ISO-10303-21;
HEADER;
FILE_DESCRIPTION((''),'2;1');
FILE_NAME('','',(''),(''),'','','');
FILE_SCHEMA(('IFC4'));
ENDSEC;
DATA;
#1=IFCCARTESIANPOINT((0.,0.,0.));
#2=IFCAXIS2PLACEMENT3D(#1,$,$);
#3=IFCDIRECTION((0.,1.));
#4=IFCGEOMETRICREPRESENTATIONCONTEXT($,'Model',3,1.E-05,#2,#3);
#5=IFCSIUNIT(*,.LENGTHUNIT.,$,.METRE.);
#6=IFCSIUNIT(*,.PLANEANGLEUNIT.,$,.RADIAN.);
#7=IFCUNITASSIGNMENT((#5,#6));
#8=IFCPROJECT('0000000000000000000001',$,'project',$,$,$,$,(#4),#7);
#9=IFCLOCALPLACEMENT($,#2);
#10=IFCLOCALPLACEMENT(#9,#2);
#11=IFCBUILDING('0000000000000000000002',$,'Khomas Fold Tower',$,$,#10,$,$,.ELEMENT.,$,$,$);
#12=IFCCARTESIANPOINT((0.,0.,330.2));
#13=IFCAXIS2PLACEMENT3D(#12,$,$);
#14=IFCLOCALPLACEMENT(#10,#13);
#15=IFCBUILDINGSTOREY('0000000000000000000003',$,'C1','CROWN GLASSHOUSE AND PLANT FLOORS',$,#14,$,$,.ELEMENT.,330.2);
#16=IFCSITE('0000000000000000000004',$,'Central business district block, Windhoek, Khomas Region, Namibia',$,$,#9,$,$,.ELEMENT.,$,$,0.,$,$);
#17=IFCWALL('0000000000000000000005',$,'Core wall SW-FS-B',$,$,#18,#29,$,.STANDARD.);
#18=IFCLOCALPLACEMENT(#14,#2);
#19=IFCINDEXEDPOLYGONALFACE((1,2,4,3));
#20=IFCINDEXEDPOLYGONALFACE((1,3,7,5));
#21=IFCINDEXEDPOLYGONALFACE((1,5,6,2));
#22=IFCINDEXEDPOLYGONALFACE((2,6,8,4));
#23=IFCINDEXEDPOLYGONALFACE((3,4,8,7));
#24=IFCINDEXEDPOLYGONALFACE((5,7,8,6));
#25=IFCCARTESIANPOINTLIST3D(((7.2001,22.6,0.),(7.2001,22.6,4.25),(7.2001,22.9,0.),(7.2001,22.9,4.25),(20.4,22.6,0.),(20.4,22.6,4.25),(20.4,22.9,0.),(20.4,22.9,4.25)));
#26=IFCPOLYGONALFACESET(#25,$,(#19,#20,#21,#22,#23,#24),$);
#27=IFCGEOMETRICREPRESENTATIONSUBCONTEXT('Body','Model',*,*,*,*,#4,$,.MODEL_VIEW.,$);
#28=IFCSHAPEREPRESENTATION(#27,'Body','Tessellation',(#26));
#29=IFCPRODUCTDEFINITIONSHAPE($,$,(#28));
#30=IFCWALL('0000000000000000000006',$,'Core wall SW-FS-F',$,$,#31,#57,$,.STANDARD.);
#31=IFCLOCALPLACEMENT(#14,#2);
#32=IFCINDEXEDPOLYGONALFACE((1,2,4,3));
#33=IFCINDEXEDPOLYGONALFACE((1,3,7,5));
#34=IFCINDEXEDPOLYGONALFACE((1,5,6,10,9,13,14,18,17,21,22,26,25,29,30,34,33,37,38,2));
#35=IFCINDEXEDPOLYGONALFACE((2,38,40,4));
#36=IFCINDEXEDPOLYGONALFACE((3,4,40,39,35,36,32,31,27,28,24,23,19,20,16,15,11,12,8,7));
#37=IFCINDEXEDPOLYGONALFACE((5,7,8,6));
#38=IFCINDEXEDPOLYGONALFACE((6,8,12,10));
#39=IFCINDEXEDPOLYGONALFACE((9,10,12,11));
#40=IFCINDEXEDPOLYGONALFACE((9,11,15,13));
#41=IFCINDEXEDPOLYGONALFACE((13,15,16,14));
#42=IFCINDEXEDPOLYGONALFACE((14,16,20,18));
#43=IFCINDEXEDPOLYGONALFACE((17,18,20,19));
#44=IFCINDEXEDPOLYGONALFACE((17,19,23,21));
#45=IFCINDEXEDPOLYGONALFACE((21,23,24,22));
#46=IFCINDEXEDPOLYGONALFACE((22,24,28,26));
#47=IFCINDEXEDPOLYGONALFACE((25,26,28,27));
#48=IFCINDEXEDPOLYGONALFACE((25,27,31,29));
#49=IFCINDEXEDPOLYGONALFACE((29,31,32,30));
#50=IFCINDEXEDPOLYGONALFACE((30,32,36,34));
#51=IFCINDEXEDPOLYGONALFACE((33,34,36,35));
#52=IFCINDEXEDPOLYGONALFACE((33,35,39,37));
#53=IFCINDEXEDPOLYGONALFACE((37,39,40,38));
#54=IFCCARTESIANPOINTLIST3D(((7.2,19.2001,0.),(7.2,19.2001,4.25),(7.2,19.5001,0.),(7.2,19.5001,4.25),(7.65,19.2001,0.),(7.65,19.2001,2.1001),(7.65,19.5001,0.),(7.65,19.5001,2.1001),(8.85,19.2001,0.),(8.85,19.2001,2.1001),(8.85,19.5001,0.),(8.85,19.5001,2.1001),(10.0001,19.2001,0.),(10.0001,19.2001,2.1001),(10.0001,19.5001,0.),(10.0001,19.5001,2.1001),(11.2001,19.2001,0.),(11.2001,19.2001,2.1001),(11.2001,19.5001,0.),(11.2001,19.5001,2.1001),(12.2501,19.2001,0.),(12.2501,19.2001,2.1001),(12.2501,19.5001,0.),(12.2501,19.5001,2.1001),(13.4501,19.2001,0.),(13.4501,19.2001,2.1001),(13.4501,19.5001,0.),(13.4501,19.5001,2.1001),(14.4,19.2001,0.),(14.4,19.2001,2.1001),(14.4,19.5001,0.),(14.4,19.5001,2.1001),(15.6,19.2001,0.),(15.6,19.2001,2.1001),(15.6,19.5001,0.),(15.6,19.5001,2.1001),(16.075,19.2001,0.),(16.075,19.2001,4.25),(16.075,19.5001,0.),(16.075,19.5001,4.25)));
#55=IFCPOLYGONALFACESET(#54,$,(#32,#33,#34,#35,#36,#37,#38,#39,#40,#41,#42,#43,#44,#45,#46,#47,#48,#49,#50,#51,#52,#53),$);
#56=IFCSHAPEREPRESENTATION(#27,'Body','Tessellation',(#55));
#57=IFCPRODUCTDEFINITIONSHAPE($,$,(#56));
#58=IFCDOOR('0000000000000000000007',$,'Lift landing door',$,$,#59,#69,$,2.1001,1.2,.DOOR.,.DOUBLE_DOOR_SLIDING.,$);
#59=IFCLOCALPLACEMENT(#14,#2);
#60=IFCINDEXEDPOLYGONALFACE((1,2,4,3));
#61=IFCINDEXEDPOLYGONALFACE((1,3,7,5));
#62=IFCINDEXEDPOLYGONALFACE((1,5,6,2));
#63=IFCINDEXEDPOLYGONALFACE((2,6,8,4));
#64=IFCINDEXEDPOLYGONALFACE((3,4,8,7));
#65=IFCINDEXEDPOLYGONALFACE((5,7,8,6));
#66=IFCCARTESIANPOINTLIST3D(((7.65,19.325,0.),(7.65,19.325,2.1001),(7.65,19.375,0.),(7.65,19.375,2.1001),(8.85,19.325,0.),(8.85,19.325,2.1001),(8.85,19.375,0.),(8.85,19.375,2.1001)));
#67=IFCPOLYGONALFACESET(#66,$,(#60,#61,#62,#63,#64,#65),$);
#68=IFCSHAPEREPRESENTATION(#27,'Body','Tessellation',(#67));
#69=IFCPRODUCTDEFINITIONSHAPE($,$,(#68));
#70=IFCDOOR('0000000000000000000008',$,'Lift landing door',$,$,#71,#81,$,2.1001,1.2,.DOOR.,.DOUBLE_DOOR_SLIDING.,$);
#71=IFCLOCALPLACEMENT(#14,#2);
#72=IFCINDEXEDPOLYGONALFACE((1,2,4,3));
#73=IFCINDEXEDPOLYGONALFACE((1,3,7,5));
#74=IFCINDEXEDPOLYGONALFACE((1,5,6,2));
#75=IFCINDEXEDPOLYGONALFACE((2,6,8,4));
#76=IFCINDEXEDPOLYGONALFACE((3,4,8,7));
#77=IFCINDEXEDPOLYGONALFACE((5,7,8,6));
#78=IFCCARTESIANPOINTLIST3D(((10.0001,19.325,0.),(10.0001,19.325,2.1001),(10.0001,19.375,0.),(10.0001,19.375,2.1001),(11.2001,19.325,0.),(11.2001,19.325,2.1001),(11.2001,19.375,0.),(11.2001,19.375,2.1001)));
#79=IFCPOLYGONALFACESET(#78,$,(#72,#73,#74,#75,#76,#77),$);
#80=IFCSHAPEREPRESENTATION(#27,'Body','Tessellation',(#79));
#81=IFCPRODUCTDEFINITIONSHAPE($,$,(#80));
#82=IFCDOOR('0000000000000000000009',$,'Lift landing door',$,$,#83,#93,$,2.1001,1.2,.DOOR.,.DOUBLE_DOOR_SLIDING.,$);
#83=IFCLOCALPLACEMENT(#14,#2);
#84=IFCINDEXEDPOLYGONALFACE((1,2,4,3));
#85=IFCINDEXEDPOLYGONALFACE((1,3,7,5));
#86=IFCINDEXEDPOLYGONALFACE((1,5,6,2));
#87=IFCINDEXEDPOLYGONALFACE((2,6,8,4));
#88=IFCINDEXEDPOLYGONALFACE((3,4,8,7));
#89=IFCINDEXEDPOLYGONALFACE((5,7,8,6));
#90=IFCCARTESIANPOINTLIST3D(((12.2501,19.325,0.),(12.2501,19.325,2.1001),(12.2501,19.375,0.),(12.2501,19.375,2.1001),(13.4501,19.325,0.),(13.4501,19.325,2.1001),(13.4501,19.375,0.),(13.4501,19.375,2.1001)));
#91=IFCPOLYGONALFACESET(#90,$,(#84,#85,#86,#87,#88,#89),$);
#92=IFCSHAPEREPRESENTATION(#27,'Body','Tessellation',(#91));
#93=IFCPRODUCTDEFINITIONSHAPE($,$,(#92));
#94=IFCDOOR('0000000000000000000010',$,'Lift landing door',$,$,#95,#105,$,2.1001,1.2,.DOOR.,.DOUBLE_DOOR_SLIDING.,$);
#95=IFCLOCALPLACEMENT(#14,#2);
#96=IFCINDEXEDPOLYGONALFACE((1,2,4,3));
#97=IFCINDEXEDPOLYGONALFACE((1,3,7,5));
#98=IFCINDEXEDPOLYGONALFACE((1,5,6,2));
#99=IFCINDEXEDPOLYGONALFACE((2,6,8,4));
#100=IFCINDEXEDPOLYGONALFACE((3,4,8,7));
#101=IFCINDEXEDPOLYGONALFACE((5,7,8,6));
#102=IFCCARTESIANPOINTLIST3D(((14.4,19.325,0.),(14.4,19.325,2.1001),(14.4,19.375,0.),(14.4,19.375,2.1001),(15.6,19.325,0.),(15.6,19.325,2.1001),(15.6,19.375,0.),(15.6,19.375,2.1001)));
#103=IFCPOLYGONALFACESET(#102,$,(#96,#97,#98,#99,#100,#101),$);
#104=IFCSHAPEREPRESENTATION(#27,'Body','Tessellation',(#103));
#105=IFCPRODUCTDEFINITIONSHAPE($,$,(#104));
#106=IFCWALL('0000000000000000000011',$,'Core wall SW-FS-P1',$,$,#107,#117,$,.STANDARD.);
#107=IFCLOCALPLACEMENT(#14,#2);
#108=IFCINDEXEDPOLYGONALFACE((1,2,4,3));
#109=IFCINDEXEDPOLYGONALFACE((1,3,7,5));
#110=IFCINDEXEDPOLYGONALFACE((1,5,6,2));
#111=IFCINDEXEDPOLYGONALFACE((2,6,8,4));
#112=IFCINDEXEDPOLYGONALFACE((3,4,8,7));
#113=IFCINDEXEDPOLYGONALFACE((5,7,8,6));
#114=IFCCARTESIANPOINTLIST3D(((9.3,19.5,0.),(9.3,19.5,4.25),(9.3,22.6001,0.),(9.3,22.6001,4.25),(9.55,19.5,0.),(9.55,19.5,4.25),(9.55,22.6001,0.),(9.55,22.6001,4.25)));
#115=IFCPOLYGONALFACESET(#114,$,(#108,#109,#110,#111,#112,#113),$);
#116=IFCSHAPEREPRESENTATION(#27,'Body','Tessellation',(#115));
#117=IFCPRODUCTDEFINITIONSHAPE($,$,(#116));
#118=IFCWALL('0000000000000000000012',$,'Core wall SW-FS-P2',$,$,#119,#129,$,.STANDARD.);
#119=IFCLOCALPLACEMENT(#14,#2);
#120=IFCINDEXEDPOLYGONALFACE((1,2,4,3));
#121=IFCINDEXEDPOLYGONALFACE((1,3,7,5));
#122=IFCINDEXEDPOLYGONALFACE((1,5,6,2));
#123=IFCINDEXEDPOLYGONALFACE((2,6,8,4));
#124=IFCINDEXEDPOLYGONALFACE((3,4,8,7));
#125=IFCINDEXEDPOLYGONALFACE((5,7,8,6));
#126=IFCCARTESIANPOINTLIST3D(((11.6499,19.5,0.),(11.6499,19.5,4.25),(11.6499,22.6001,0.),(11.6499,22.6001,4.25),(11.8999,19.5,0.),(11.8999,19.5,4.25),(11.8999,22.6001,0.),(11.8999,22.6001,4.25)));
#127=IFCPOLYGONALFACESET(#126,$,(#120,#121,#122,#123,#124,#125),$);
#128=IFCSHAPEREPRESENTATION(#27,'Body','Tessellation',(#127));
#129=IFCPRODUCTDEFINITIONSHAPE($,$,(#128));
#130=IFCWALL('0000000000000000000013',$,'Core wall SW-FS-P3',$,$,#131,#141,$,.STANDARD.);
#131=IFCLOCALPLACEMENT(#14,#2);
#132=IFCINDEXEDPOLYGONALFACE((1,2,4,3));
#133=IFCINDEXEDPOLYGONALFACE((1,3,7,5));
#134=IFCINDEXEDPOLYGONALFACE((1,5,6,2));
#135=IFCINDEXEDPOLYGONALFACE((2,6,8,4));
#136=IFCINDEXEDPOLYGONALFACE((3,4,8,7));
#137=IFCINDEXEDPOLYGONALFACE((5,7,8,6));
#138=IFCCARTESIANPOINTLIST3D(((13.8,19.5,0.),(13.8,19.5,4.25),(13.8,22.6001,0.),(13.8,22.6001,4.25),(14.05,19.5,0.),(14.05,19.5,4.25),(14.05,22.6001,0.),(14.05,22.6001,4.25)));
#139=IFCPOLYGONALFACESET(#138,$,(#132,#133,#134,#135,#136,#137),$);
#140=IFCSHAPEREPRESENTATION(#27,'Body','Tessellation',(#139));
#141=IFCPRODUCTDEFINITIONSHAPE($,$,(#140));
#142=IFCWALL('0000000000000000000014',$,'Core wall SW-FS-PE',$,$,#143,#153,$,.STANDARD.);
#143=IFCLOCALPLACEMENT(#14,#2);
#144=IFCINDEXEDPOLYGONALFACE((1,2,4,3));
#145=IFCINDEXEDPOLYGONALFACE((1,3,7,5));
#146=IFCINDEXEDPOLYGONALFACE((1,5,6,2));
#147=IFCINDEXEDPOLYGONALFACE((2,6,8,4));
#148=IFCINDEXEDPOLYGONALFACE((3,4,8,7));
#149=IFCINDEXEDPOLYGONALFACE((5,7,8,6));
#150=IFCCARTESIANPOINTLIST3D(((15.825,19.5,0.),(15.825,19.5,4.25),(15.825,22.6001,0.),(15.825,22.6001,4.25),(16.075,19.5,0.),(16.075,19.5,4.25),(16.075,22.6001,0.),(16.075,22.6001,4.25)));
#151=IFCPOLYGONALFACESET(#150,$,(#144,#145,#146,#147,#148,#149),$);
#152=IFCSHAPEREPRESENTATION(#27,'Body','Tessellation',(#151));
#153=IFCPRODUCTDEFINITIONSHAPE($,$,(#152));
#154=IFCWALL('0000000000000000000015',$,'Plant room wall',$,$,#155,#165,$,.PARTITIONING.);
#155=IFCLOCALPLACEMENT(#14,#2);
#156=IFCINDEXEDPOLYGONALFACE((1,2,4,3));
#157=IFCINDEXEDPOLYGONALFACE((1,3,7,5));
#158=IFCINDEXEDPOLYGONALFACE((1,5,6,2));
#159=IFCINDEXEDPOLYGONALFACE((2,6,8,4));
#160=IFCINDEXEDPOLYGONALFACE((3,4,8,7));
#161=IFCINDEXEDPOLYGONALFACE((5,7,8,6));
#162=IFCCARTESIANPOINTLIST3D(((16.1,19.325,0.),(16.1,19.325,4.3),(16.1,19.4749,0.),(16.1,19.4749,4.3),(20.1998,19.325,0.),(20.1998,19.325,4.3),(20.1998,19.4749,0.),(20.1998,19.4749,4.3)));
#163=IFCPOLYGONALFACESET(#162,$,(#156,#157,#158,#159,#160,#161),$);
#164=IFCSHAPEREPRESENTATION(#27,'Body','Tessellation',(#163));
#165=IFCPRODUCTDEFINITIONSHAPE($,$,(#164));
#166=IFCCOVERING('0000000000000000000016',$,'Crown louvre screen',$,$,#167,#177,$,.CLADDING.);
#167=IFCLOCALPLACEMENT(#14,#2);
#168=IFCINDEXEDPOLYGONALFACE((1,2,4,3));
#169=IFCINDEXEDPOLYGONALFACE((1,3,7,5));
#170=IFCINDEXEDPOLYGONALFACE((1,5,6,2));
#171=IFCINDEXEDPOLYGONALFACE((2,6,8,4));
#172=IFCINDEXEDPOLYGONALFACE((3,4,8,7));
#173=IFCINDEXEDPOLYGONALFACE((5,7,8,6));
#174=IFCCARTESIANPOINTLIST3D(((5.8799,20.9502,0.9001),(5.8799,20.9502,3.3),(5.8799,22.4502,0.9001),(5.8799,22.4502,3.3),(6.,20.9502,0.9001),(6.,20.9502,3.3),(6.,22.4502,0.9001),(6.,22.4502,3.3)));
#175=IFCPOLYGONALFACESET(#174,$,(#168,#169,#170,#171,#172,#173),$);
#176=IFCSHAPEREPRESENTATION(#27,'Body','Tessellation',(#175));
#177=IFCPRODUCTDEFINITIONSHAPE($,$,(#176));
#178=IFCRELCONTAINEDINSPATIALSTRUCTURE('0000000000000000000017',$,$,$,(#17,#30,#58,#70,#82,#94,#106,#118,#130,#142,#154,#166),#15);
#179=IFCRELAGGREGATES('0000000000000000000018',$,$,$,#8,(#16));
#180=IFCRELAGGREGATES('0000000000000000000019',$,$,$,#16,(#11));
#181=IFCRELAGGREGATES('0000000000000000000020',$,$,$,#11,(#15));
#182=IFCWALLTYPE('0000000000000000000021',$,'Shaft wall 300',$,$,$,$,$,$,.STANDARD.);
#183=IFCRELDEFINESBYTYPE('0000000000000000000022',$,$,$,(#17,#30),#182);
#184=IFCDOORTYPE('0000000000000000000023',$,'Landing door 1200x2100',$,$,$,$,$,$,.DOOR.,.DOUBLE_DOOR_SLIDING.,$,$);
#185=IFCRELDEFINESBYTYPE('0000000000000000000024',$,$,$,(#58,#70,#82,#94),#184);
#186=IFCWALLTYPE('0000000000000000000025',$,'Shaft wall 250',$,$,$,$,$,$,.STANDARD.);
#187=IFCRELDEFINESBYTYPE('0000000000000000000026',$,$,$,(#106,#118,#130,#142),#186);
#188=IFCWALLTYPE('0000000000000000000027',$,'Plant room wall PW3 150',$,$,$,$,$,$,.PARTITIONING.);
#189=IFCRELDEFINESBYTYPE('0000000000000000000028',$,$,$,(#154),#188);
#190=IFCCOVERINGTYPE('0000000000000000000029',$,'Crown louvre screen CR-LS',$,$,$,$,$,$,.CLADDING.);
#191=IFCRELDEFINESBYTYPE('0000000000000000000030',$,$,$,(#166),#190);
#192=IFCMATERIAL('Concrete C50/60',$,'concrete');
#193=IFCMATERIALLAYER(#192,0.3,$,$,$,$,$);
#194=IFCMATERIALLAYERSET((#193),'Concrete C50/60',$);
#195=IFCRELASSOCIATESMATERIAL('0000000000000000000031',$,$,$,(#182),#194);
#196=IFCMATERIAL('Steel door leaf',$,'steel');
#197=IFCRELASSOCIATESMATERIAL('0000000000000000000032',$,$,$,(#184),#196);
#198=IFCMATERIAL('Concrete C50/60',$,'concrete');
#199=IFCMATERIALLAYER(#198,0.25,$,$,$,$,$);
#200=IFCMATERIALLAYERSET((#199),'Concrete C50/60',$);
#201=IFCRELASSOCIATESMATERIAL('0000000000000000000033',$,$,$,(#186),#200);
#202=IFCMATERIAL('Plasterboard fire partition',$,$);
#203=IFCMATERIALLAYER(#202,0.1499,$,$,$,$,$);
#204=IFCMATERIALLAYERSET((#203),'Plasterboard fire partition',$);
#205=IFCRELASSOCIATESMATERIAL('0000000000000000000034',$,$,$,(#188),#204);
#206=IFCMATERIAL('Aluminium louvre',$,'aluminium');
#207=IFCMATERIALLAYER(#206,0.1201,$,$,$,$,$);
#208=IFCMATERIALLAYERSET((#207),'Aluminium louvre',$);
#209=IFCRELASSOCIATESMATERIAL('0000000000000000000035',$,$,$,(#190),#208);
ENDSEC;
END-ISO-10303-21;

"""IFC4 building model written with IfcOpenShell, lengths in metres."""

from ifc_helpers import new_model, si_unit, direction, frame, frame_2d, origin, origin_2d, place, context, subcontext, project, spatial, rectangle, extrude, source, transform, mapped, material, layer, layer_set, type_object, element, fill, save


model = new_model("IFC4")

# Units and contexts
model_context = context("Model", 3, precision=1e-05, world=origin(), true_north=direction((0.0, 1.0)))
body_context = subcontext(model_context, "Body", "Model", "MODEL_VIEW")
ifc_project = project(units=[si_unit("LENGTHUNIT", "METRE"), si_unit("PLANEANGLEUNIT", "RADIAN")], contexts=[model_context])

# Site, building, storey
site_placement = place(None, origin())
site = spatial("IfcSite", under=ifc_project, at=site_placement, Name="Central business district block, Windhoek, Khomas Region, Namibia", CompositionType="ELEMENT", RefElevation=0.0)
building_placement = place(site_placement, origin())
building = spatial("IfcBuilding", under=site, at=building_placement, Name="Khomas Fold Tower", CompositionType="ELEMENT")
storey_placement = place(building_placement, frame((0.0, 0.0, 330.2)))
storey = spatial("IfcBuildingStorey", under=building, at=storey_placement, Name="C1", Description="CROWN GLASSHOUSE AND PLANT FLOORS", CompositionType="ELEMENT", Elevation=330.2)

# Wall
ifc_material_1 = material(Name="Concrete C50/60", Category="concrete")
ifc_layer_1 = layer(ifc_material_1, 0.3)
ifc_layer_set_1 = layer_set([ifc_layer_1], Name="Concrete C50/60")
wall_type_1 = type_object("IfcWallType", Name="Shaft wall 300", PredefinedType="STANDARD", material=ifc_layer_set_1)
shared_shape_1 = source(origin(), body_context, "Body", "SweptSolid", [
    extrude(rectangle(XDim=13.2, YDim=0.3, at=frame_2d((6.6001, 0.0))), origin(), (0.0, 0.0, 1.0), 4.25),
])
wall_1_placement = place(storey_placement, frame((7.2, 22.75, 0.0), z_axis=(0.0, 0.0, 1.0), x_axis=(1.0, 0.0, 0.0)))
element("IfcWall", 1, at=wall_1_placement, inside=storey, type_object=wall_type_1, Name="Core wall SW-FS-B", PredefinedType="STANDARD", context=body_context, shape_type="MappedRepresentation", body=[
    mapped(shared_shape_1, transform((0.0, 0.0, 0.0))),
])

# Wall, openings, doors
shared_shape_2 = source(origin(), body_context, "Body", "SweptSolid", [
    extrude(rectangle(XDim=8.875, YDim=0.3, at=frame_2d((4.4375, 0.0))), origin(), (0.0, 0.0, 1.0), 4.25),
])
wall_2_placement = place(storey_placement, frame((7.2, 19.3501, 0.0), z_axis=(0.0, 0.0, 1.0), x_axis=(1.0, 0.0, 0.0)))
wall_2 = element("IfcWall", 2, at=wall_2_placement, inside=storey, type_object=wall_type_1, Name="Core wall SW-FS-F", PredefinedType="STANDARD", context=body_context, shape_type="MappedRepresentation", body=[
    mapped(shared_shape_2, transform((0.0, 0.0, 0.0))),
])
shared_shape_3 = source(origin(), body_context, "Body", "SweptSolid", [
    extrude(rectangle(XDim=1.2, YDim=2.1001, at=frame_2d((0.6001, 1.05))), frame((0.0, 0.1599, 0.0), z_axis=(0.0, -1.0, 0.0), x_axis=(1.0, 0.0, 0.0)), (0.0, 0.0, 1.0), 0.3201),
])
opening_1_placement = place(wall_2_placement, frame((0.45, 0.0, 0.0)))
opening_1 = element("IfcOpeningElement", 3, at=opening_1_placement, cuts=wall_2, PredefinedType="OPENING", context=body_context, shape_type="MappedRepresentation", body=[
    mapped(shared_shape_3, transform((0.0, 0.0, 0.0))),
])
opening_2_placement = place(wall_2_placement, frame((2.8, 0.0, 0.0)))
opening_2 = element("IfcOpeningElement", 4, at=opening_2_placement, cuts=wall_2, PredefinedType="OPENING", context=body_context, shape_type="MappedRepresentation", body=[
    mapped(shared_shape_3, transform((0.0, 0.0, 0.0))),
])
opening_3_placement = place(wall_2_placement, frame((5.05, 0.0, 0.0)))
opening_3 = element("IfcOpeningElement", 5, at=opening_3_placement, cuts=wall_2, PredefinedType="OPENING", context=body_context, shape_type="MappedRepresentation", body=[
    mapped(shared_shape_3, transform((0.0, 0.0, 0.0))),
])
opening_4_placement = place(wall_2_placement, frame((7.2, 0.0, 0.0)))
opening_4 = element("IfcOpeningElement", 6, at=opening_4_placement, cuts=wall_2, PredefinedType="OPENING", context=body_context, shape_type="MappedRepresentation", body=[
    mapped(shared_shape_3, transform((0.0, 0.0, 0.0))),
])
ifc_material_2 = material(Name="Steel door leaf", Category="steel")
door_type = type_object("IfcDoorType", Name="Landing door 1200x2100", OperationType="DOUBLE_DOOR_SLIDING", PredefinedType="DOOR", material=ifc_material_2)
shared_shape_4 = source(origin(), body_context, "Body", "SweptSolid", [
    extrude(rectangle(XDim=1.2, YDim=2.1001, at=frame_2d((0.6001, 1.05))), frame((0.0, 0.0249, 0.0), z_axis=(0.0, -1.0, 0.0), x_axis=(1.0, 0.0, 0.0)), (0.0, 0.0, 1.0), 0.05),
])
door_1_placement = place(opening_1_placement, origin())
door_1 = element("IfcDoor", 7, at=door_1_placement, inside=storey, type_object=door_type, Name="Lift landing door", OperationType="DOUBLE_DOOR_SLIDING", OverallHeight=2.1001, OverallWidth=1.2, PredefinedType="DOOR", context=body_context, shape_type="MappedRepresentation", body=[
    mapped(shared_shape_4, transform((0.0, 0.0, 0.0))),
])
fill(opening_1, door_1)
door_2_placement = place(opening_2_placement, origin())
door_2 = element("IfcDoor", 8, at=door_2_placement, inside=storey, type_object=door_type, Name="Lift landing door", OperationType="DOUBLE_DOOR_SLIDING", OverallHeight=2.1001, OverallWidth=1.2, PredefinedType="DOOR", context=body_context, shape_type="MappedRepresentation", body=[
    mapped(shared_shape_4, transform((0.0, 0.0, 0.0))),
])
fill(opening_2, door_2)
door_3_placement = place(opening_3_placement, origin())
door_3 = element("IfcDoor", 9, at=door_3_placement, inside=storey, type_object=door_type, Name="Lift landing door", OperationType="DOUBLE_DOOR_SLIDING", OverallHeight=2.1001, OverallWidth=1.2, PredefinedType="DOOR", context=body_context, shape_type="MappedRepresentation", body=[
    mapped(shared_shape_4, transform((0.0, 0.0, 0.0))),
])
fill(opening_3, door_3)
door_4_placement = place(opening_4_placement, origin())
door_4 = element("IfcDoor", 10, at=door_4_placement, inside=storey, type_object=door_type, Name="Lift landing door", OperationType="DOUBLE_DOOR_SLIDING", OverallHeight=2.1001, OverallWidth=1.2, PredefinedType="DOOR", context=body_context, shape_type="MappedRepresentation", body=[
    mapped(shared_shape_4, transform((0.0, 0.0, 0.0))),
])
fill(opening_4, door_4)

# Walls
ifc_material_3 = material(Name="Concrete C50/60", Category="concrete")
ifc_layer_2 = layer(ifc_material_3, 0.25)
ifc_layer_set_2 = layer_set([ifc_layer_2], Name="Concrete C50/60")
wall_type_2 = type_object("IfcWallType", Name="Shaft wall 250", PredefinedType="STANDARD", material=ifc_layer_set_2)
shared_shape_5 = source(origin(), body_context, "Body", "SweptSolid", [
    extrude(rectangle(XDim=3.1001, YDim=0.25, at=frame_2d((1.55, 0.0))), origin(), (0.0, 0.0, 1.0), 4.25),
])
for number, where, z_axis, x_axis, name in (
    (11, (9.425, 19.5, 0.0), (0.0, 0.0, 1.0), (0.0, 1.0, 0.0), "Core wall SW-FS-P1"),
    (12, (11.7749, 19.5, 0.0), (0.0, 0.0, 1.0), (0.0, 1.0, 0.0), "Core wall SW-FS-P2"),
    (13, (13.925, 19.5, 0.0), (0.0, 0.0, 1.0), (0.0, 1.0, 0.0), "Core wall SW-FS-P3"),
    (14, (15.95, 19.5, 0.0), (0.0, 0.0, 1.0), (0.0, 1.0, 0.0), "Core wall SW-FS-PE"),
):
    element("IfcWall", number, at=place(storey_placement, frame(where, z_axis=z_axis, x_axis=x_axis)), inside=storey, type_object=wall_type_2, Name=name, PredefinedType="STANDARD", context=body_context, shape_type="MappedRepresentation", body=[
        mapped(shared_shape_5, transform((0.0, 0.0, 0.0))),
    ])
ifc_material_4 = material(Name="Plasterboard fire partition")
ifc_layer_3 = layer(ifc_material_4, 0.1499)
ifc_layer_set_3 = layer_set([ifc_layer_3], Name="Plasterboard fire partition")
wall_type_3 = type_object("IfcWallType", Name="Plant room wall PW3 150", PredefinedType="PARTITIONING", material=ifc_layer_set_3)
shared_shape_6 = source(origin(), body_context, "Body", "SweptSolid", [
    extrude(rectangle(XDim=4.0999, YDim=0.1499, at=frame_2d((2.0498, 0.0))), origin(), (0.0, 0.0, 1.0), 4.3),
])
wall_3_placement = place(storey_placement, frame((16.1001, 19.3999, 0.0), z_axis=(0.0, 0.0, 1.0), x_axis=(1.0, 0.0, 0.0)))
element("IfcWall", 15, at=wall_3_placement, inside=storey, type_object=wall_type_3, Name="Plant room wall", PredefinedType="PARTITIONING", context=body_context, shape_type="MappedRepresentation", body=[
    mapped(shared_shape_6, transform((0.0, 0.0, 0.0))),
])

# Covering
ifc_material_5 = material(Name="Aluminium louvre", Category="aluminium")
ifc_layer_4 = layer(ifc_material_5, 0.1201)
ifc_layer_set_4 = layer_set([ifc_layer_4], Name="Aluminium louvre")
covering_type = type_object("IfcCoveringType", Name="Crown louvre screen CR-LS", PredefinedType="CLADDING", material=ifc_layer_set_4)
shared_shape_7 = source(origin(), body_context, "Body", "SweptSolid", [
    extrude(rectangle(XDim=1.5, YDim=0.1201, at=origin_2d()), origin(), (0.0, 0.0, 1.0), 2.3999),
])
for number, where, z_axis, x_axis, name in (
    (16, (5.9399, 21.7002, 0.9001), (0.0, 0.0, 1.0), (0.0, -1.0, 0.0), "Crown louvre screen"),
):
    element("IfcCovering", number, at=place(storey_placement, frame(where, z_axis=z_axis, x_axis=x_axis)), inside=storey, type_object=covering_type, Name=name, PredefinedType="CLADDING", context=body_context, shape_type="MappedRepresentation", body=[
        mapped(shared_shape_7, transform((0.0, 0.0, 0.0))),
    ])

save(model, "model.ifc")
